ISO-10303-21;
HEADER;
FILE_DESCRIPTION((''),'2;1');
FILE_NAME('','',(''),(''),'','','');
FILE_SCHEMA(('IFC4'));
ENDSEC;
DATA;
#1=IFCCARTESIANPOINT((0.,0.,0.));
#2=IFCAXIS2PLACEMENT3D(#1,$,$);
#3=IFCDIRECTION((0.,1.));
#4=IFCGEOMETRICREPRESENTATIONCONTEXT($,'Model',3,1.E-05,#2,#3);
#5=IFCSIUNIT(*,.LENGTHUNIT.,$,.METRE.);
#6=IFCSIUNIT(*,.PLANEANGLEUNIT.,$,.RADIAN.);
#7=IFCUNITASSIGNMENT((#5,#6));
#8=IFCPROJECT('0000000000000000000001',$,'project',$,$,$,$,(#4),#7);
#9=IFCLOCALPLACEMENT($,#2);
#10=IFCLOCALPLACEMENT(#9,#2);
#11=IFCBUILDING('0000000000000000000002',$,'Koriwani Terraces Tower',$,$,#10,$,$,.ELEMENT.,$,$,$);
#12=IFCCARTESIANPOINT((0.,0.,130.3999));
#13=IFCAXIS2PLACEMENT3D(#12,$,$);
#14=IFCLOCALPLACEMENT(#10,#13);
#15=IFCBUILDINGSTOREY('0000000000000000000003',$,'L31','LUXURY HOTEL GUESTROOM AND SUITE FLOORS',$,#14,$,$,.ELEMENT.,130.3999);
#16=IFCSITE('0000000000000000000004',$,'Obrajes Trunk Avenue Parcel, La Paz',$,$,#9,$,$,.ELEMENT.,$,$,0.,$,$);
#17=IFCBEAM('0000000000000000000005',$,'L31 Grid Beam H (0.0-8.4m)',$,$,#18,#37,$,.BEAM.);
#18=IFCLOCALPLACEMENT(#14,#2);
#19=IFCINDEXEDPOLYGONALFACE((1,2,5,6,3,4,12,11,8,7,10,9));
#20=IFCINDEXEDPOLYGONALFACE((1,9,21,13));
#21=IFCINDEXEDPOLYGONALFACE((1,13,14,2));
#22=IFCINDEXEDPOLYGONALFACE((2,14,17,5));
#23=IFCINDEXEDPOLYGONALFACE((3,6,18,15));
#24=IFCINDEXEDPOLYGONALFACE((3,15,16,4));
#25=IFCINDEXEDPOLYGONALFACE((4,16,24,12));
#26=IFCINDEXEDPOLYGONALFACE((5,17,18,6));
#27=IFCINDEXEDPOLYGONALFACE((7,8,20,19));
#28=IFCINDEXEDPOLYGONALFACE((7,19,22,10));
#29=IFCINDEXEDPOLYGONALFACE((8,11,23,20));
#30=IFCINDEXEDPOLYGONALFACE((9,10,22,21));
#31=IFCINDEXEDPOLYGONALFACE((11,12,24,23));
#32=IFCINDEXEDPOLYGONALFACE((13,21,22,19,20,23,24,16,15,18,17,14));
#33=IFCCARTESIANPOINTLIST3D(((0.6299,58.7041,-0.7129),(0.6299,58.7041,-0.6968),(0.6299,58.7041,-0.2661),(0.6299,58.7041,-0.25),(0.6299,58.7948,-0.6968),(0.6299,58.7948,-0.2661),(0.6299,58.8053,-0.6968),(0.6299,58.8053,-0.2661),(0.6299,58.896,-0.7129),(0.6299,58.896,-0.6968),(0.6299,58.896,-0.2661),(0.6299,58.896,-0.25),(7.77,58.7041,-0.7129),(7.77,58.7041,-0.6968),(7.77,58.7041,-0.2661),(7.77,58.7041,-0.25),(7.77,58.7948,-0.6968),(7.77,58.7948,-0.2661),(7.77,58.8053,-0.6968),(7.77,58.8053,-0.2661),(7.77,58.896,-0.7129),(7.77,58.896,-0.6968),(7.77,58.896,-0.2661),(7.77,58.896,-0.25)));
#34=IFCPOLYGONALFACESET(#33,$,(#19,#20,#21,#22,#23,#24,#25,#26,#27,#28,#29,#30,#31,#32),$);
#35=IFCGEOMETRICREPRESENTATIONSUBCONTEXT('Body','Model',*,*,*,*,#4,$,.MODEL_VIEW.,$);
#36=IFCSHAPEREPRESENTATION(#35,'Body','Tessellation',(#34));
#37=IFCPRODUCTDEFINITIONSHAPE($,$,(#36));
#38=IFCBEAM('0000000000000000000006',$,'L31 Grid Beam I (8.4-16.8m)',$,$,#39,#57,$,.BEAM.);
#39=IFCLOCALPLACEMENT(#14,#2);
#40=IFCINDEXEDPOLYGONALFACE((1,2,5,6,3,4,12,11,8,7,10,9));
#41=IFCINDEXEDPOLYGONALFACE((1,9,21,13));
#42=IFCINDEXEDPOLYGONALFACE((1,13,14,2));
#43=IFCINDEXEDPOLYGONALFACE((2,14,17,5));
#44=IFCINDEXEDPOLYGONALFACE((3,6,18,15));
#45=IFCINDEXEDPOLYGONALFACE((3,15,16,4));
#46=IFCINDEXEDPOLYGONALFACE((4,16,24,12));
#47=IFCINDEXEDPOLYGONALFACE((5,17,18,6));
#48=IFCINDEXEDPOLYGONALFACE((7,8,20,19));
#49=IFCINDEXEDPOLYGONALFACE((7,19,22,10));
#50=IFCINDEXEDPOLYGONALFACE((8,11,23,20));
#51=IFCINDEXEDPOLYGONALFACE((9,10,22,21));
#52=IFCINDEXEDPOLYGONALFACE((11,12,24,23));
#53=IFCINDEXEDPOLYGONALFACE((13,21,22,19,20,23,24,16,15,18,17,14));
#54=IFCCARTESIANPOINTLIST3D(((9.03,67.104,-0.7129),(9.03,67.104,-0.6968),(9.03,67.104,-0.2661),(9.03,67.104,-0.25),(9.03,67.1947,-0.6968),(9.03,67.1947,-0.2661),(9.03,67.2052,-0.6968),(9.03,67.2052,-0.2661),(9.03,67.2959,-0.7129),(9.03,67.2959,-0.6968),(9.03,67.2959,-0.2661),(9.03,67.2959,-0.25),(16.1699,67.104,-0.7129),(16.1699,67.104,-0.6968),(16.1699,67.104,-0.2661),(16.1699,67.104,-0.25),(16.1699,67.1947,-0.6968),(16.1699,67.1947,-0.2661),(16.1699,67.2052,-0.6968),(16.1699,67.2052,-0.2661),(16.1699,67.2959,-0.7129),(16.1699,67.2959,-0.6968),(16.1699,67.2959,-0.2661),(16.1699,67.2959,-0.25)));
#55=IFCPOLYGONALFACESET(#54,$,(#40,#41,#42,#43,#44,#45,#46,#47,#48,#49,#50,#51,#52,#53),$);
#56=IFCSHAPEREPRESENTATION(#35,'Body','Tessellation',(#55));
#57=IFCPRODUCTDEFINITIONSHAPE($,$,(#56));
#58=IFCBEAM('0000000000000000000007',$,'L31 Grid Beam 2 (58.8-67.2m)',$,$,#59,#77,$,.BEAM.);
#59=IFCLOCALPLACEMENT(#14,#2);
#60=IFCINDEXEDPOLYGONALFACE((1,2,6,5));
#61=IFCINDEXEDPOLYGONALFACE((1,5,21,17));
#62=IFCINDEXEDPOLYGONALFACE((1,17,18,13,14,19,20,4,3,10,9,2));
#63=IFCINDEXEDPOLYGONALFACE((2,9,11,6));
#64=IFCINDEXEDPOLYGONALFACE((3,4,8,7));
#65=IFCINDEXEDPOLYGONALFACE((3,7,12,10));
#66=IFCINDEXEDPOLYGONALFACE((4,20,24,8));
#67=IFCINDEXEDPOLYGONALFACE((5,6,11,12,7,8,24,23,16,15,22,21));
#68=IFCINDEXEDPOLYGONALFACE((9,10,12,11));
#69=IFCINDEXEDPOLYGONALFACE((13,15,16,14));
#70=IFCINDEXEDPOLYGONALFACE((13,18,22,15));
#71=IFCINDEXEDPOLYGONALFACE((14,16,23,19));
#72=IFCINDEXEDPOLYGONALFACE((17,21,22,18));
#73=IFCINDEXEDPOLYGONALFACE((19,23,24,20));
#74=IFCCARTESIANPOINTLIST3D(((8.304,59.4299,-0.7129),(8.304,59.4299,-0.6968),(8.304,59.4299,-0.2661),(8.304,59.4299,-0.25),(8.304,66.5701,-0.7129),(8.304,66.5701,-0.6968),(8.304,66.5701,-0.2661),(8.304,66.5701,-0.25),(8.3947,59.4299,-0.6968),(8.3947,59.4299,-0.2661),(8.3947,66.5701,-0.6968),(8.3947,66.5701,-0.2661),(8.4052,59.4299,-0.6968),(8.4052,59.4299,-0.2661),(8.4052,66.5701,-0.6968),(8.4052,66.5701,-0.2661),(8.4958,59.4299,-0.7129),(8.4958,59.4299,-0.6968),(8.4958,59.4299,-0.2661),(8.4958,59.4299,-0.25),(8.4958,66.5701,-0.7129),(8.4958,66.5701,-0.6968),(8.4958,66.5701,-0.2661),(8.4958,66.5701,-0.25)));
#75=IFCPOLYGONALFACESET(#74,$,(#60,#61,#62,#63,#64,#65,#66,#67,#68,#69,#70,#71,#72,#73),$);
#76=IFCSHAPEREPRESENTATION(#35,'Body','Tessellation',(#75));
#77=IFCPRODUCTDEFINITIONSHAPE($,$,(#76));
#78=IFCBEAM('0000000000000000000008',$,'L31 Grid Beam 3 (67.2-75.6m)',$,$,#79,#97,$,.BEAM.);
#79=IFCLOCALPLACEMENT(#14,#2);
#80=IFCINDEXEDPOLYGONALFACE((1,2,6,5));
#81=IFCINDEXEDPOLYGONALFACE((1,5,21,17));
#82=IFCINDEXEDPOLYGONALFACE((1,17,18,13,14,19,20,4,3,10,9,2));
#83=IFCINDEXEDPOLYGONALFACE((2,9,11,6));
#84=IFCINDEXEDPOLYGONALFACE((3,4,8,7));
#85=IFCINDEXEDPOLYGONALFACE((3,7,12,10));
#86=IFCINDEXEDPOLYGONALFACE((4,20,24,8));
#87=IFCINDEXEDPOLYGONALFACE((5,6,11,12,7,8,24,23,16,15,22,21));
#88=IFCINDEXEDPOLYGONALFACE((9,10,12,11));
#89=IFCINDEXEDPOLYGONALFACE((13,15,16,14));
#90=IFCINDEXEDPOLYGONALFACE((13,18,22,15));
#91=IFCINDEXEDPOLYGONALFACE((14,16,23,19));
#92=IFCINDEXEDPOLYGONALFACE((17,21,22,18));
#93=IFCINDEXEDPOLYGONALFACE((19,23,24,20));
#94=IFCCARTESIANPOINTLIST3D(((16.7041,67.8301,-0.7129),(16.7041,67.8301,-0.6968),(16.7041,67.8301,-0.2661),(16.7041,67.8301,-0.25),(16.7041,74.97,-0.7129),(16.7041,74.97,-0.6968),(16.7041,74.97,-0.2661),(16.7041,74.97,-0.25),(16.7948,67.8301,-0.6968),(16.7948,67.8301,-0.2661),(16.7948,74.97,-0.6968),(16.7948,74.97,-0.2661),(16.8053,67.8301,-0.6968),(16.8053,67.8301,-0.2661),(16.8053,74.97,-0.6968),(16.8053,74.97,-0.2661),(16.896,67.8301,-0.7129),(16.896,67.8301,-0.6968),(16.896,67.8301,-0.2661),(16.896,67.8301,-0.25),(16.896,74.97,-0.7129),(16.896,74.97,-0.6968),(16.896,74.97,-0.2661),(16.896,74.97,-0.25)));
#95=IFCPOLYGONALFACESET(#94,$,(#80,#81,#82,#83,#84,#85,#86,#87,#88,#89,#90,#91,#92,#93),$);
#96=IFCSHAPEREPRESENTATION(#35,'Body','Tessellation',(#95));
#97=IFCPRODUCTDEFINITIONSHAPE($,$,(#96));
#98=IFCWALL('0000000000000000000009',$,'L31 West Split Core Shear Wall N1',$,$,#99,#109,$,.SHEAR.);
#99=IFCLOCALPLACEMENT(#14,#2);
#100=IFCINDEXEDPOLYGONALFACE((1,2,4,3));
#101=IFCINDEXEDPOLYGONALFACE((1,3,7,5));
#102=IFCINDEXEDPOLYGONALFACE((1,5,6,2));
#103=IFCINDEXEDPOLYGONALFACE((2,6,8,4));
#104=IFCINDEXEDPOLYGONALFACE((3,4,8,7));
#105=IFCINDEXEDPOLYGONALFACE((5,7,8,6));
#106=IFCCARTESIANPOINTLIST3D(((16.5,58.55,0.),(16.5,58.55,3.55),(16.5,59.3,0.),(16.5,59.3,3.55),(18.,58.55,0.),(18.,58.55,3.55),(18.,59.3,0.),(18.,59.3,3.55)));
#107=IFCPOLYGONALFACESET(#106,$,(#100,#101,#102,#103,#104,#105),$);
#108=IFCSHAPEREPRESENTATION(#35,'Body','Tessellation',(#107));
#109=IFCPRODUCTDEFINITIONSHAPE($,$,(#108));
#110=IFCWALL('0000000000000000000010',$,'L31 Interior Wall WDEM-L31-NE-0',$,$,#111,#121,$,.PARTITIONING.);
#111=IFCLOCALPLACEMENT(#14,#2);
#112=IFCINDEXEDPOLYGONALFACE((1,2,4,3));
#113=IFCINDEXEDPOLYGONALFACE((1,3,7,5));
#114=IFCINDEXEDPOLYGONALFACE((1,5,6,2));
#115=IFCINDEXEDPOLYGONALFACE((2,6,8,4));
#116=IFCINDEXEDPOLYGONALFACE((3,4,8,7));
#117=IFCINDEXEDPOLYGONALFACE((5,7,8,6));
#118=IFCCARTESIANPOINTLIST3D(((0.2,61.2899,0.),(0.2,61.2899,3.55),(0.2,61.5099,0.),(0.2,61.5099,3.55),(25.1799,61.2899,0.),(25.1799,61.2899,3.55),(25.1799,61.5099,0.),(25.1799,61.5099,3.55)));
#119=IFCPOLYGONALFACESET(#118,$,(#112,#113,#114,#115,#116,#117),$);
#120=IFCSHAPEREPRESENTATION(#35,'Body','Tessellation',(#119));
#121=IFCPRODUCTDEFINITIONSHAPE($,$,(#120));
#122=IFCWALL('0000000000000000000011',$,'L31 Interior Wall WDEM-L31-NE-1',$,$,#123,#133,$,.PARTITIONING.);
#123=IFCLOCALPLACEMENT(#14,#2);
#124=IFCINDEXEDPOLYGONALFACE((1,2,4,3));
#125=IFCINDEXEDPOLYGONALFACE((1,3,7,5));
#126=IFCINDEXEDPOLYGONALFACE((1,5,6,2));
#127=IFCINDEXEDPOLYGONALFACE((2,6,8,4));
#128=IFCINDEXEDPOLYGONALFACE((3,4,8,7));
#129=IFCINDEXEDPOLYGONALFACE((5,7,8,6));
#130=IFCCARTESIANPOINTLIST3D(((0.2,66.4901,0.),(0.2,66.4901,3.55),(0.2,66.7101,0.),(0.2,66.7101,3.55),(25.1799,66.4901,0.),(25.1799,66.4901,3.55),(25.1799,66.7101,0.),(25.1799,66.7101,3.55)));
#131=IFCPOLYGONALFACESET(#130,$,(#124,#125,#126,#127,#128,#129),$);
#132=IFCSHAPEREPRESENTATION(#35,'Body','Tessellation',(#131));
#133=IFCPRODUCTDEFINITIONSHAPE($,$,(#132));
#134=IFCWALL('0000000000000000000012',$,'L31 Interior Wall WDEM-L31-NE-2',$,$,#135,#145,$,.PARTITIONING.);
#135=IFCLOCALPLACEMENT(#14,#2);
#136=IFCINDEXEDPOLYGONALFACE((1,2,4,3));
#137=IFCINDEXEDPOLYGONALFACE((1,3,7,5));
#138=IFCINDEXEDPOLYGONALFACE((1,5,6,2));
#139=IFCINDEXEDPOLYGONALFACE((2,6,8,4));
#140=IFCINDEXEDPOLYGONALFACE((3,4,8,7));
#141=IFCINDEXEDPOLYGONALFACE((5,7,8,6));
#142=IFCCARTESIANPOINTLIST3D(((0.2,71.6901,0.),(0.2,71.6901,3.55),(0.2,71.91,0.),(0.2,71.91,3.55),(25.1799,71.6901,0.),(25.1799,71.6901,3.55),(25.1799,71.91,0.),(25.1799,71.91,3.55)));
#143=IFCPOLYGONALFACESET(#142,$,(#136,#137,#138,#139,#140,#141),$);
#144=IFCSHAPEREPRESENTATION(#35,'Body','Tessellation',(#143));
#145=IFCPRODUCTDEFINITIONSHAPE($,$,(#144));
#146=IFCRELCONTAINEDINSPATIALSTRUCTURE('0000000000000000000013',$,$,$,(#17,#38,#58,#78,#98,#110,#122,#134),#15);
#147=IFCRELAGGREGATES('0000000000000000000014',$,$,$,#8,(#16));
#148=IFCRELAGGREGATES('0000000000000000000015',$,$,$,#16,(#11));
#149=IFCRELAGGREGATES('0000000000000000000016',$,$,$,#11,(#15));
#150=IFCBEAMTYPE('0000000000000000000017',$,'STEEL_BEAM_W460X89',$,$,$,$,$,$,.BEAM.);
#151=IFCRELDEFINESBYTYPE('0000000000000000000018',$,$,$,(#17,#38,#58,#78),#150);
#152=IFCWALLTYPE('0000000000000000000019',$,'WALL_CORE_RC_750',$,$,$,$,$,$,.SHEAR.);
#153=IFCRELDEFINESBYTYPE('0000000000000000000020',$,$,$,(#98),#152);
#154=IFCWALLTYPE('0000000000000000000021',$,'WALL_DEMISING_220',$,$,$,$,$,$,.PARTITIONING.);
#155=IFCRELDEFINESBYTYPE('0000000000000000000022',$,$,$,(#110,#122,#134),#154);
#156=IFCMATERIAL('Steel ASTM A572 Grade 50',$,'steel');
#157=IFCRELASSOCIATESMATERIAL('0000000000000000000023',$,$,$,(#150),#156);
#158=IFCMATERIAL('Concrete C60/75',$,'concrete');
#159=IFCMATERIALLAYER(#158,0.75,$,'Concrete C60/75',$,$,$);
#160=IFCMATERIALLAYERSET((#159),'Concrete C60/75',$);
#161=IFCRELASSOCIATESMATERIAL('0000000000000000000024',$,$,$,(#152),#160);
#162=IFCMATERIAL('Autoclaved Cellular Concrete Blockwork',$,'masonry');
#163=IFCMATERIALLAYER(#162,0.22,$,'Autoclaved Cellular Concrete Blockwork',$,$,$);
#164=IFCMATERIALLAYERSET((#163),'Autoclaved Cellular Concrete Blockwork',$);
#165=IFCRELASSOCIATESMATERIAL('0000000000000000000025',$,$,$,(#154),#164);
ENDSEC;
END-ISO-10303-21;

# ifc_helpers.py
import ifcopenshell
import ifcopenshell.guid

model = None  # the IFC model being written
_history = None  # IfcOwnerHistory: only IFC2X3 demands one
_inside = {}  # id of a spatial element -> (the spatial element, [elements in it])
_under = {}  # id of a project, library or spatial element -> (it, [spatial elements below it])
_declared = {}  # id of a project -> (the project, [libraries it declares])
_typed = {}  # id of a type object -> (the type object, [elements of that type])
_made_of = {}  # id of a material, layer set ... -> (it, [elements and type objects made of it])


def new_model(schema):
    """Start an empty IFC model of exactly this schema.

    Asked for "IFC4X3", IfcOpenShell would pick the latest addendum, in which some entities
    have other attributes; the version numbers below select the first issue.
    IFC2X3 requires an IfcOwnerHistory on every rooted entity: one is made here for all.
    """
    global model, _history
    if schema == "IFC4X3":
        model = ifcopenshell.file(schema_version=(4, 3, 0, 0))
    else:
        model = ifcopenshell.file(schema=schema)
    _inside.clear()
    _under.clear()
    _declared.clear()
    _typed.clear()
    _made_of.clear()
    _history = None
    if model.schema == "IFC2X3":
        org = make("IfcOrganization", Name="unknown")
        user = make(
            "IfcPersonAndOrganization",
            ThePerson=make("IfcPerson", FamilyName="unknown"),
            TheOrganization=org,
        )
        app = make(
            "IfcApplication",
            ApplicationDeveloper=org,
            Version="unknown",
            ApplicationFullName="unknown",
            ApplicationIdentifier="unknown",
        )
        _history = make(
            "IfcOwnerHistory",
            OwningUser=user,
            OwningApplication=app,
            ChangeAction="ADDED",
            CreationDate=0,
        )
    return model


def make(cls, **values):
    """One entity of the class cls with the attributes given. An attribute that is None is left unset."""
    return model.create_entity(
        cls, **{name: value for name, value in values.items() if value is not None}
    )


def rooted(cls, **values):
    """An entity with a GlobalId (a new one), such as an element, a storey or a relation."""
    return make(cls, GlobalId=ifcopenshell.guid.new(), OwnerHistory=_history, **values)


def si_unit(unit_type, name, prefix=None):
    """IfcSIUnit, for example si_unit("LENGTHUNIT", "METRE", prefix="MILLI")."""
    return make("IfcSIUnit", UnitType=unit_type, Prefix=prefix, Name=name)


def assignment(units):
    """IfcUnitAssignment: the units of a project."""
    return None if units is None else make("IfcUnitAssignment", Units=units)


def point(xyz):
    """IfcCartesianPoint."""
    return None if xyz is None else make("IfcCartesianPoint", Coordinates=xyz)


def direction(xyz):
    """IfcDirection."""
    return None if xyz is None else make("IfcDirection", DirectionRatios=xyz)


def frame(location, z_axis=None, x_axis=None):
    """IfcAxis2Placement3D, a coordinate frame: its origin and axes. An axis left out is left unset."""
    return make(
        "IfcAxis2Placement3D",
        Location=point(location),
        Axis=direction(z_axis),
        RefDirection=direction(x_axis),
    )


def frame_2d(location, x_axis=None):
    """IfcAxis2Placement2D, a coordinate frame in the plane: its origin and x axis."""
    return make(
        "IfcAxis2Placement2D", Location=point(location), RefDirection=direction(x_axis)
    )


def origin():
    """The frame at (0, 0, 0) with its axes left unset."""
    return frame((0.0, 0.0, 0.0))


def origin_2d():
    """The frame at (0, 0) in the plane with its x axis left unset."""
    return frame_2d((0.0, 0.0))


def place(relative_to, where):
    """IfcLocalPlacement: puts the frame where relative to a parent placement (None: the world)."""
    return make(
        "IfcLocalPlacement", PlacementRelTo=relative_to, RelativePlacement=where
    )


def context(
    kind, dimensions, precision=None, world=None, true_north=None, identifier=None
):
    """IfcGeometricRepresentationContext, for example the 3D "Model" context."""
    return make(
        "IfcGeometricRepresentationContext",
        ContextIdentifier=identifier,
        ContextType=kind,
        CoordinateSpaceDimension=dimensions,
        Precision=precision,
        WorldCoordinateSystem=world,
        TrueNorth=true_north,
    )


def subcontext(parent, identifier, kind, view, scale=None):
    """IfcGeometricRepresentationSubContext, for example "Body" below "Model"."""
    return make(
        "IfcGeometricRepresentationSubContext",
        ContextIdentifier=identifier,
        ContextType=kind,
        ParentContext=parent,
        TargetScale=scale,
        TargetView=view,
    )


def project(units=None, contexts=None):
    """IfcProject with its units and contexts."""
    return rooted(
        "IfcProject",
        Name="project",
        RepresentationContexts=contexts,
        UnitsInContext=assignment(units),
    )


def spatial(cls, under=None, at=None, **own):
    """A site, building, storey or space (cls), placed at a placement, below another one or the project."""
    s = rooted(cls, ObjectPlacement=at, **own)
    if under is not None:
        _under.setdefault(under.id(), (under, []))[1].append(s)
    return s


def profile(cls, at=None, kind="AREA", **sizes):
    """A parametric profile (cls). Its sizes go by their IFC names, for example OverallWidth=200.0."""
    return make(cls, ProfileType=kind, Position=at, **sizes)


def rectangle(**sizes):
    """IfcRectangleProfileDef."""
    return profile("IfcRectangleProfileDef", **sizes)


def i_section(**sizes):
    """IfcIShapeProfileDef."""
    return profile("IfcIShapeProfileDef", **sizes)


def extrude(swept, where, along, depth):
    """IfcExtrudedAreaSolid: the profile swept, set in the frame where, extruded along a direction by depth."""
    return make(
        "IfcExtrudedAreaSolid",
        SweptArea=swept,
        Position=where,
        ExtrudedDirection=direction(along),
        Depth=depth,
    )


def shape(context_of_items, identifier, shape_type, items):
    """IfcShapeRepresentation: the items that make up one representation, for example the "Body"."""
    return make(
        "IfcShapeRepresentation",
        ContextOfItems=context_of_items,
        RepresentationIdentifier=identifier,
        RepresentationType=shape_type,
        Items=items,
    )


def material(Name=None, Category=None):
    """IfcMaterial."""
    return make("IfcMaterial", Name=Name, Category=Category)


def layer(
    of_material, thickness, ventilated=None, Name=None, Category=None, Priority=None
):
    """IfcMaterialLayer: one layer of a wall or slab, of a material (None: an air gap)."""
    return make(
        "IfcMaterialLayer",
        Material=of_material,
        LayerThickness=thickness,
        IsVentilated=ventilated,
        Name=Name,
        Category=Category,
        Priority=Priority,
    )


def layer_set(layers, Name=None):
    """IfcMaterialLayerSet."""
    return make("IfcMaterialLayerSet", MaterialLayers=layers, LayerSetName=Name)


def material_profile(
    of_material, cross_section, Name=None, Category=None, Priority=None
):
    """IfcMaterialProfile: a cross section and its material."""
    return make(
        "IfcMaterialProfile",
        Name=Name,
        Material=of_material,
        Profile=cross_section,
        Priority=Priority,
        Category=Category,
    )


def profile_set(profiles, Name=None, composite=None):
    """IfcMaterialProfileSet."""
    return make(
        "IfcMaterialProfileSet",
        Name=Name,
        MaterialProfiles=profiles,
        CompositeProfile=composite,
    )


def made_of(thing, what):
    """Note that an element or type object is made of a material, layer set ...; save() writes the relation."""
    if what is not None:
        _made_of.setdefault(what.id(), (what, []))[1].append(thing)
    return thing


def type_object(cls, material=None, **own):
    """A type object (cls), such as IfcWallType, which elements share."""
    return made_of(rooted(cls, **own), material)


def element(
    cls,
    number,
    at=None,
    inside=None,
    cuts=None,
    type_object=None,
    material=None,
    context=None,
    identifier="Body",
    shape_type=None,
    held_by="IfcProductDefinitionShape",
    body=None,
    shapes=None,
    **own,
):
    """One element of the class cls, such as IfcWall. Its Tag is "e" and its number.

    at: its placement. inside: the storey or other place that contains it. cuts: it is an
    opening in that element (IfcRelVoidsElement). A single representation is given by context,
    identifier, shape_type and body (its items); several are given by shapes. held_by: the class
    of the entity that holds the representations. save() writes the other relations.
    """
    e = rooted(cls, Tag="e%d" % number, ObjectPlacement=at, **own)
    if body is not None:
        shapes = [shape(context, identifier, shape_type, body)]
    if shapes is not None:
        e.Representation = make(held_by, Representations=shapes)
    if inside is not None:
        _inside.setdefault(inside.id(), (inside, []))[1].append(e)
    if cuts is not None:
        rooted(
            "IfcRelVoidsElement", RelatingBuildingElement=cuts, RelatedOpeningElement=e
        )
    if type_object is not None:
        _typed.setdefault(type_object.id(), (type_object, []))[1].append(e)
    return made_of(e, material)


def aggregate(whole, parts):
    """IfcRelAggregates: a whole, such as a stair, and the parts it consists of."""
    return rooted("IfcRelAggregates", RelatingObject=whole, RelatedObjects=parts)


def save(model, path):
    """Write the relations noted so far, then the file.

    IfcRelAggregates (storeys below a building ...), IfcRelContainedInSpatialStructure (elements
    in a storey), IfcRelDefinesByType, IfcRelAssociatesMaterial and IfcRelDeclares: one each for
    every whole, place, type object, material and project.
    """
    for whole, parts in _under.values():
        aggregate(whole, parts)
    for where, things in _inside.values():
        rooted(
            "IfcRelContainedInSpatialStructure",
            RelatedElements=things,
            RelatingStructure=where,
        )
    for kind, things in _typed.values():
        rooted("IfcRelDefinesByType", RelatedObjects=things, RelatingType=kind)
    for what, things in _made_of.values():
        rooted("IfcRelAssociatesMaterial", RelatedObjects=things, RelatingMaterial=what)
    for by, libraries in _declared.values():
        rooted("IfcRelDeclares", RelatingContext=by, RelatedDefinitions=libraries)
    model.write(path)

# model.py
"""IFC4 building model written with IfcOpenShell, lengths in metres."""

from ifc_helpers import new_model, si_unit, direction, frame, frame_2d, origin, origin_2d, place, context, subcontext, project, spatial, rectangle, i_section, extrude, material, layer, layer_set, material_profile, profile_set, type_object, element, save


model = new_model("IFC4")

# Units and contexts
model_context = context("Model", 3, precision=1e-05, world=origin(), true_north=direction((0.0, 1.0)))
body_context = subcontext(model_context, "Body", "Model", "MODEL_VIEW")
ifc_project = project(units=[si_unit("LENGTHUNIT", "METRE"), si_unit("PLANEANGLEUNIT", "RADIAN")], contexts=[model_context])

# Site, building, storey
site_placement = place(None, origin())
site = spatial("IfcSite", under=ifc_project, at=site_placement, Name="Obrajes Trunk Avenue Parcel, La Paz", CompositionType="ELEMENT", RefElevation=0.0)
building_placement = place(site_placement, origin())
building = spatial("IfcBuilding", under=site, at=building_placement, Name="Koriwani Terraces Tower", CompositionType="ELEMENT")
storey_placement = place(building_placement, frame((0.0, 0.0, 130.3999)))
storey = spatial("IfcBuildingStorey", under=building, at=storey_placement, Name="L31", Description="LUXURY HOTEL GUESTROOM AND SUITE FLOORS", CompositionType="ELEMENT", Elevation=130.3999)

# Shared definitions
ifc_material_1 = material(Name="Concrete C60/75", Category="concrete")

# Beams
ifc_material_2 = material(Name="Steel ASTM A572 Grade 50", Category="steel")
ifc_material_profile_1 = material_profile(ifc_material_2, i_section(OverallWidth=0.1919, OverallDepth=0.4629, WebThickness=0.0105, FlangeThickness=0.0161, at=origin_2d()), Name="Steel ASTM A572 Grade 50", Category="LoadBearing")
ifc_profile_set_1 = profile_set([ifc_material_profile_1], Name="Steel ASTM A572 Grade 50")
beam_type_1 = type_object("IfcBeamType", Name="STEEL_BEAM_W460X89", PredefinedType="BEAM", material=ifc_profile_set_1)
beam_1_placement = place(storey_placement, frame((0.6299, 58.8, -0.4814), z_axis=(1.0, 0.0, 0.0), x_axis=(0.0, 1.0, 0.0)))
element("IfcBeam", 1, at=beam_1_placement, inside=storey, type_object=beam_type_1, Name="L31 Grid Beam H (0.0-8.4m)", PredefinedType="BEAM", context=body_context, shape_type="SweptSolid", body=[
    extrude(i_section(OverallWidth=0.1919, OverallDepth=0.4629, WebThickness=0.0105, FlangeThickness=0.0161, at=origin_2d()), origin(), (0.0, 0.0, 1.0), 7.1401),
])
beam_2_placement = place(storey_placement, frame((9.03, 67.2, -0.4814), z_axis=(1.0, 0.0, 0.0), x_axis=(0.0, 1.0, 0.0)))
element("IfcBeam", 2, at=beam_2_placement, inside=storey, type_object=beam_type_1, Name="L31 Grid Beam I (8.4-16.8m)", PredefinedType="BEAM", context=body_context, shape_type="SweptSolid", body=[
    extrude(i_section(OverallWidth=0.1919, OverallDepth=0.4629, WebThickness=0.0105, FlangeThickness=0.0161, at=origin_2d()), origin(), (0.0, 0.0, 1.0), 7.1399),
])
beam_3_placement = place(storey_placement, frame((8.3999, 59.4299, -0.4814), z_axis=(0.0, 1.0, 0.0), x_axis=(-1.0, 0.0, 0.0)))
element("IfcBeam", 3, at=beam_3_placement, inside=storey, type_object=beam_type_1, Name="L31 Grid Beam 2 (58.8-67.2m)", PredefinedType="BEAM", context=body_context, shape_type="SweptSolid", body=[
    extrude(i_section(OverallWidth=0.1919, OverallDepth=0.4629, WebThickness=0.0105, FlangeThickness=0.0161, at=origin_2d()), origin(), (0.0, 0.0, 1.0), 7.1401),
])
beam_4_placement = place(storey_placement, frame((16.8, 67.8301, -0.4814), z_axis=(0.0, 1.0, 0.0), x_axis=(-1.0, 0.0, 0.0)))
element("IfcBeam", 4, at=beam_4_placement, inside=storey, type_object=beam_type_1, Name="L31 Grid Beam 3 (67.2-75.6m)", PredefinedType="BEAM", context=body_context, shape_type="SweptSolid", body=[
    extrude(i_section(OverallWidth=0.1919, OverallDepth=0.4629, WebThickness=0.0105, FlangeThickness=0.0161, at=origin_2d()), origin(), (0.0, 0.0, 1.0), 7.1399),
])

# Walls
ifc_layer_1 = layer(ifc_material_1, 0.75, Name="Concrete C60/75")
ifc_layer_set_1 = layer_set([ifc_layer_1], Name="Concrete C60/75")
wall_type_1 = type_object("IfcWallType", Name="WALL_CORE_RC_750", PredefinedType="SHEAR", material=ifc_layer_set_1)
wall_1_placement = place(storey_placement, frame((16.5, 58.925, 0.0), z_axis=(0.0, 0.0, 1.0), x_axis=(1.0, 0.0, 0.0)))
element("IfcWall", 5, at=wall_1_placement, inside=storey, type_object=wall_type_1, Name="L31 West Split Core Shear Wall N1", PredefinedType="SHEAR", context=body_context, shape_type="SweptSolid", body=[
    extrude(rectangle(XDim=1.5, YDim=0.75, at=frame_2d((0.75, 0.0))), origin(), (0.0, 0.0, 1.0), 3.55),
])
ifc_material_3 = material(Name="Autoclaved Cellular Concrete Blockwork", Category="masonry")
ifc_layer_2 = layer(ifc_material_3, 0.22, Name="Autoclaved Cellular Concrete Blockwork")
ifc_layer_set_2 = layer_set([ifc_layer_2], Name="Autoclaved Cellular Concrete Blockwork")
wall_type_2 = type_object("IfcWallType", Name="WALL_DEMISING_220", PredefinedType="PARTITIONING", material=ifc_layer_set_2)
for number, where, z_axis, x_axis, name in (
    (6, (0.2, 61.3999, 0.0), (0.0, 0.0, 1.0), (1.0, 0.0, 0.0), "L31 Interior Wall WDEM-L31-NE-0"),
    (7, (0.2, 66.6001, 0.0), (0.0, 0.0, 1.0), (1.0, 0.0, 0.0), "L31 Interior Wall WDEM-L31-NE-1"),
    (8, (0.2, 71.8, 0.0), (0.0, 0.0, 1.0), (1.0, 0.0, 0.0), "L31 Interior Wall WDEM-L31-NE-2"),
):
    element("IfcWall", number, at=place(storey_placement, frame(where, z_axis=z_axis, x_axis=x_axis)), inside=storey, type_object=wall_type_2, Name=name, PredefinedType="PARTITIONING", context=body_context, shape_type="SweptSolid", body=[
        extrude(rectangle(XDim=24.98, YDim=0.22, at=frame_2d((12.49, 0.0))), origin(), (0.0, 0.0, 1.0), 3.55),
    ])

save(model, "model.ifc")
